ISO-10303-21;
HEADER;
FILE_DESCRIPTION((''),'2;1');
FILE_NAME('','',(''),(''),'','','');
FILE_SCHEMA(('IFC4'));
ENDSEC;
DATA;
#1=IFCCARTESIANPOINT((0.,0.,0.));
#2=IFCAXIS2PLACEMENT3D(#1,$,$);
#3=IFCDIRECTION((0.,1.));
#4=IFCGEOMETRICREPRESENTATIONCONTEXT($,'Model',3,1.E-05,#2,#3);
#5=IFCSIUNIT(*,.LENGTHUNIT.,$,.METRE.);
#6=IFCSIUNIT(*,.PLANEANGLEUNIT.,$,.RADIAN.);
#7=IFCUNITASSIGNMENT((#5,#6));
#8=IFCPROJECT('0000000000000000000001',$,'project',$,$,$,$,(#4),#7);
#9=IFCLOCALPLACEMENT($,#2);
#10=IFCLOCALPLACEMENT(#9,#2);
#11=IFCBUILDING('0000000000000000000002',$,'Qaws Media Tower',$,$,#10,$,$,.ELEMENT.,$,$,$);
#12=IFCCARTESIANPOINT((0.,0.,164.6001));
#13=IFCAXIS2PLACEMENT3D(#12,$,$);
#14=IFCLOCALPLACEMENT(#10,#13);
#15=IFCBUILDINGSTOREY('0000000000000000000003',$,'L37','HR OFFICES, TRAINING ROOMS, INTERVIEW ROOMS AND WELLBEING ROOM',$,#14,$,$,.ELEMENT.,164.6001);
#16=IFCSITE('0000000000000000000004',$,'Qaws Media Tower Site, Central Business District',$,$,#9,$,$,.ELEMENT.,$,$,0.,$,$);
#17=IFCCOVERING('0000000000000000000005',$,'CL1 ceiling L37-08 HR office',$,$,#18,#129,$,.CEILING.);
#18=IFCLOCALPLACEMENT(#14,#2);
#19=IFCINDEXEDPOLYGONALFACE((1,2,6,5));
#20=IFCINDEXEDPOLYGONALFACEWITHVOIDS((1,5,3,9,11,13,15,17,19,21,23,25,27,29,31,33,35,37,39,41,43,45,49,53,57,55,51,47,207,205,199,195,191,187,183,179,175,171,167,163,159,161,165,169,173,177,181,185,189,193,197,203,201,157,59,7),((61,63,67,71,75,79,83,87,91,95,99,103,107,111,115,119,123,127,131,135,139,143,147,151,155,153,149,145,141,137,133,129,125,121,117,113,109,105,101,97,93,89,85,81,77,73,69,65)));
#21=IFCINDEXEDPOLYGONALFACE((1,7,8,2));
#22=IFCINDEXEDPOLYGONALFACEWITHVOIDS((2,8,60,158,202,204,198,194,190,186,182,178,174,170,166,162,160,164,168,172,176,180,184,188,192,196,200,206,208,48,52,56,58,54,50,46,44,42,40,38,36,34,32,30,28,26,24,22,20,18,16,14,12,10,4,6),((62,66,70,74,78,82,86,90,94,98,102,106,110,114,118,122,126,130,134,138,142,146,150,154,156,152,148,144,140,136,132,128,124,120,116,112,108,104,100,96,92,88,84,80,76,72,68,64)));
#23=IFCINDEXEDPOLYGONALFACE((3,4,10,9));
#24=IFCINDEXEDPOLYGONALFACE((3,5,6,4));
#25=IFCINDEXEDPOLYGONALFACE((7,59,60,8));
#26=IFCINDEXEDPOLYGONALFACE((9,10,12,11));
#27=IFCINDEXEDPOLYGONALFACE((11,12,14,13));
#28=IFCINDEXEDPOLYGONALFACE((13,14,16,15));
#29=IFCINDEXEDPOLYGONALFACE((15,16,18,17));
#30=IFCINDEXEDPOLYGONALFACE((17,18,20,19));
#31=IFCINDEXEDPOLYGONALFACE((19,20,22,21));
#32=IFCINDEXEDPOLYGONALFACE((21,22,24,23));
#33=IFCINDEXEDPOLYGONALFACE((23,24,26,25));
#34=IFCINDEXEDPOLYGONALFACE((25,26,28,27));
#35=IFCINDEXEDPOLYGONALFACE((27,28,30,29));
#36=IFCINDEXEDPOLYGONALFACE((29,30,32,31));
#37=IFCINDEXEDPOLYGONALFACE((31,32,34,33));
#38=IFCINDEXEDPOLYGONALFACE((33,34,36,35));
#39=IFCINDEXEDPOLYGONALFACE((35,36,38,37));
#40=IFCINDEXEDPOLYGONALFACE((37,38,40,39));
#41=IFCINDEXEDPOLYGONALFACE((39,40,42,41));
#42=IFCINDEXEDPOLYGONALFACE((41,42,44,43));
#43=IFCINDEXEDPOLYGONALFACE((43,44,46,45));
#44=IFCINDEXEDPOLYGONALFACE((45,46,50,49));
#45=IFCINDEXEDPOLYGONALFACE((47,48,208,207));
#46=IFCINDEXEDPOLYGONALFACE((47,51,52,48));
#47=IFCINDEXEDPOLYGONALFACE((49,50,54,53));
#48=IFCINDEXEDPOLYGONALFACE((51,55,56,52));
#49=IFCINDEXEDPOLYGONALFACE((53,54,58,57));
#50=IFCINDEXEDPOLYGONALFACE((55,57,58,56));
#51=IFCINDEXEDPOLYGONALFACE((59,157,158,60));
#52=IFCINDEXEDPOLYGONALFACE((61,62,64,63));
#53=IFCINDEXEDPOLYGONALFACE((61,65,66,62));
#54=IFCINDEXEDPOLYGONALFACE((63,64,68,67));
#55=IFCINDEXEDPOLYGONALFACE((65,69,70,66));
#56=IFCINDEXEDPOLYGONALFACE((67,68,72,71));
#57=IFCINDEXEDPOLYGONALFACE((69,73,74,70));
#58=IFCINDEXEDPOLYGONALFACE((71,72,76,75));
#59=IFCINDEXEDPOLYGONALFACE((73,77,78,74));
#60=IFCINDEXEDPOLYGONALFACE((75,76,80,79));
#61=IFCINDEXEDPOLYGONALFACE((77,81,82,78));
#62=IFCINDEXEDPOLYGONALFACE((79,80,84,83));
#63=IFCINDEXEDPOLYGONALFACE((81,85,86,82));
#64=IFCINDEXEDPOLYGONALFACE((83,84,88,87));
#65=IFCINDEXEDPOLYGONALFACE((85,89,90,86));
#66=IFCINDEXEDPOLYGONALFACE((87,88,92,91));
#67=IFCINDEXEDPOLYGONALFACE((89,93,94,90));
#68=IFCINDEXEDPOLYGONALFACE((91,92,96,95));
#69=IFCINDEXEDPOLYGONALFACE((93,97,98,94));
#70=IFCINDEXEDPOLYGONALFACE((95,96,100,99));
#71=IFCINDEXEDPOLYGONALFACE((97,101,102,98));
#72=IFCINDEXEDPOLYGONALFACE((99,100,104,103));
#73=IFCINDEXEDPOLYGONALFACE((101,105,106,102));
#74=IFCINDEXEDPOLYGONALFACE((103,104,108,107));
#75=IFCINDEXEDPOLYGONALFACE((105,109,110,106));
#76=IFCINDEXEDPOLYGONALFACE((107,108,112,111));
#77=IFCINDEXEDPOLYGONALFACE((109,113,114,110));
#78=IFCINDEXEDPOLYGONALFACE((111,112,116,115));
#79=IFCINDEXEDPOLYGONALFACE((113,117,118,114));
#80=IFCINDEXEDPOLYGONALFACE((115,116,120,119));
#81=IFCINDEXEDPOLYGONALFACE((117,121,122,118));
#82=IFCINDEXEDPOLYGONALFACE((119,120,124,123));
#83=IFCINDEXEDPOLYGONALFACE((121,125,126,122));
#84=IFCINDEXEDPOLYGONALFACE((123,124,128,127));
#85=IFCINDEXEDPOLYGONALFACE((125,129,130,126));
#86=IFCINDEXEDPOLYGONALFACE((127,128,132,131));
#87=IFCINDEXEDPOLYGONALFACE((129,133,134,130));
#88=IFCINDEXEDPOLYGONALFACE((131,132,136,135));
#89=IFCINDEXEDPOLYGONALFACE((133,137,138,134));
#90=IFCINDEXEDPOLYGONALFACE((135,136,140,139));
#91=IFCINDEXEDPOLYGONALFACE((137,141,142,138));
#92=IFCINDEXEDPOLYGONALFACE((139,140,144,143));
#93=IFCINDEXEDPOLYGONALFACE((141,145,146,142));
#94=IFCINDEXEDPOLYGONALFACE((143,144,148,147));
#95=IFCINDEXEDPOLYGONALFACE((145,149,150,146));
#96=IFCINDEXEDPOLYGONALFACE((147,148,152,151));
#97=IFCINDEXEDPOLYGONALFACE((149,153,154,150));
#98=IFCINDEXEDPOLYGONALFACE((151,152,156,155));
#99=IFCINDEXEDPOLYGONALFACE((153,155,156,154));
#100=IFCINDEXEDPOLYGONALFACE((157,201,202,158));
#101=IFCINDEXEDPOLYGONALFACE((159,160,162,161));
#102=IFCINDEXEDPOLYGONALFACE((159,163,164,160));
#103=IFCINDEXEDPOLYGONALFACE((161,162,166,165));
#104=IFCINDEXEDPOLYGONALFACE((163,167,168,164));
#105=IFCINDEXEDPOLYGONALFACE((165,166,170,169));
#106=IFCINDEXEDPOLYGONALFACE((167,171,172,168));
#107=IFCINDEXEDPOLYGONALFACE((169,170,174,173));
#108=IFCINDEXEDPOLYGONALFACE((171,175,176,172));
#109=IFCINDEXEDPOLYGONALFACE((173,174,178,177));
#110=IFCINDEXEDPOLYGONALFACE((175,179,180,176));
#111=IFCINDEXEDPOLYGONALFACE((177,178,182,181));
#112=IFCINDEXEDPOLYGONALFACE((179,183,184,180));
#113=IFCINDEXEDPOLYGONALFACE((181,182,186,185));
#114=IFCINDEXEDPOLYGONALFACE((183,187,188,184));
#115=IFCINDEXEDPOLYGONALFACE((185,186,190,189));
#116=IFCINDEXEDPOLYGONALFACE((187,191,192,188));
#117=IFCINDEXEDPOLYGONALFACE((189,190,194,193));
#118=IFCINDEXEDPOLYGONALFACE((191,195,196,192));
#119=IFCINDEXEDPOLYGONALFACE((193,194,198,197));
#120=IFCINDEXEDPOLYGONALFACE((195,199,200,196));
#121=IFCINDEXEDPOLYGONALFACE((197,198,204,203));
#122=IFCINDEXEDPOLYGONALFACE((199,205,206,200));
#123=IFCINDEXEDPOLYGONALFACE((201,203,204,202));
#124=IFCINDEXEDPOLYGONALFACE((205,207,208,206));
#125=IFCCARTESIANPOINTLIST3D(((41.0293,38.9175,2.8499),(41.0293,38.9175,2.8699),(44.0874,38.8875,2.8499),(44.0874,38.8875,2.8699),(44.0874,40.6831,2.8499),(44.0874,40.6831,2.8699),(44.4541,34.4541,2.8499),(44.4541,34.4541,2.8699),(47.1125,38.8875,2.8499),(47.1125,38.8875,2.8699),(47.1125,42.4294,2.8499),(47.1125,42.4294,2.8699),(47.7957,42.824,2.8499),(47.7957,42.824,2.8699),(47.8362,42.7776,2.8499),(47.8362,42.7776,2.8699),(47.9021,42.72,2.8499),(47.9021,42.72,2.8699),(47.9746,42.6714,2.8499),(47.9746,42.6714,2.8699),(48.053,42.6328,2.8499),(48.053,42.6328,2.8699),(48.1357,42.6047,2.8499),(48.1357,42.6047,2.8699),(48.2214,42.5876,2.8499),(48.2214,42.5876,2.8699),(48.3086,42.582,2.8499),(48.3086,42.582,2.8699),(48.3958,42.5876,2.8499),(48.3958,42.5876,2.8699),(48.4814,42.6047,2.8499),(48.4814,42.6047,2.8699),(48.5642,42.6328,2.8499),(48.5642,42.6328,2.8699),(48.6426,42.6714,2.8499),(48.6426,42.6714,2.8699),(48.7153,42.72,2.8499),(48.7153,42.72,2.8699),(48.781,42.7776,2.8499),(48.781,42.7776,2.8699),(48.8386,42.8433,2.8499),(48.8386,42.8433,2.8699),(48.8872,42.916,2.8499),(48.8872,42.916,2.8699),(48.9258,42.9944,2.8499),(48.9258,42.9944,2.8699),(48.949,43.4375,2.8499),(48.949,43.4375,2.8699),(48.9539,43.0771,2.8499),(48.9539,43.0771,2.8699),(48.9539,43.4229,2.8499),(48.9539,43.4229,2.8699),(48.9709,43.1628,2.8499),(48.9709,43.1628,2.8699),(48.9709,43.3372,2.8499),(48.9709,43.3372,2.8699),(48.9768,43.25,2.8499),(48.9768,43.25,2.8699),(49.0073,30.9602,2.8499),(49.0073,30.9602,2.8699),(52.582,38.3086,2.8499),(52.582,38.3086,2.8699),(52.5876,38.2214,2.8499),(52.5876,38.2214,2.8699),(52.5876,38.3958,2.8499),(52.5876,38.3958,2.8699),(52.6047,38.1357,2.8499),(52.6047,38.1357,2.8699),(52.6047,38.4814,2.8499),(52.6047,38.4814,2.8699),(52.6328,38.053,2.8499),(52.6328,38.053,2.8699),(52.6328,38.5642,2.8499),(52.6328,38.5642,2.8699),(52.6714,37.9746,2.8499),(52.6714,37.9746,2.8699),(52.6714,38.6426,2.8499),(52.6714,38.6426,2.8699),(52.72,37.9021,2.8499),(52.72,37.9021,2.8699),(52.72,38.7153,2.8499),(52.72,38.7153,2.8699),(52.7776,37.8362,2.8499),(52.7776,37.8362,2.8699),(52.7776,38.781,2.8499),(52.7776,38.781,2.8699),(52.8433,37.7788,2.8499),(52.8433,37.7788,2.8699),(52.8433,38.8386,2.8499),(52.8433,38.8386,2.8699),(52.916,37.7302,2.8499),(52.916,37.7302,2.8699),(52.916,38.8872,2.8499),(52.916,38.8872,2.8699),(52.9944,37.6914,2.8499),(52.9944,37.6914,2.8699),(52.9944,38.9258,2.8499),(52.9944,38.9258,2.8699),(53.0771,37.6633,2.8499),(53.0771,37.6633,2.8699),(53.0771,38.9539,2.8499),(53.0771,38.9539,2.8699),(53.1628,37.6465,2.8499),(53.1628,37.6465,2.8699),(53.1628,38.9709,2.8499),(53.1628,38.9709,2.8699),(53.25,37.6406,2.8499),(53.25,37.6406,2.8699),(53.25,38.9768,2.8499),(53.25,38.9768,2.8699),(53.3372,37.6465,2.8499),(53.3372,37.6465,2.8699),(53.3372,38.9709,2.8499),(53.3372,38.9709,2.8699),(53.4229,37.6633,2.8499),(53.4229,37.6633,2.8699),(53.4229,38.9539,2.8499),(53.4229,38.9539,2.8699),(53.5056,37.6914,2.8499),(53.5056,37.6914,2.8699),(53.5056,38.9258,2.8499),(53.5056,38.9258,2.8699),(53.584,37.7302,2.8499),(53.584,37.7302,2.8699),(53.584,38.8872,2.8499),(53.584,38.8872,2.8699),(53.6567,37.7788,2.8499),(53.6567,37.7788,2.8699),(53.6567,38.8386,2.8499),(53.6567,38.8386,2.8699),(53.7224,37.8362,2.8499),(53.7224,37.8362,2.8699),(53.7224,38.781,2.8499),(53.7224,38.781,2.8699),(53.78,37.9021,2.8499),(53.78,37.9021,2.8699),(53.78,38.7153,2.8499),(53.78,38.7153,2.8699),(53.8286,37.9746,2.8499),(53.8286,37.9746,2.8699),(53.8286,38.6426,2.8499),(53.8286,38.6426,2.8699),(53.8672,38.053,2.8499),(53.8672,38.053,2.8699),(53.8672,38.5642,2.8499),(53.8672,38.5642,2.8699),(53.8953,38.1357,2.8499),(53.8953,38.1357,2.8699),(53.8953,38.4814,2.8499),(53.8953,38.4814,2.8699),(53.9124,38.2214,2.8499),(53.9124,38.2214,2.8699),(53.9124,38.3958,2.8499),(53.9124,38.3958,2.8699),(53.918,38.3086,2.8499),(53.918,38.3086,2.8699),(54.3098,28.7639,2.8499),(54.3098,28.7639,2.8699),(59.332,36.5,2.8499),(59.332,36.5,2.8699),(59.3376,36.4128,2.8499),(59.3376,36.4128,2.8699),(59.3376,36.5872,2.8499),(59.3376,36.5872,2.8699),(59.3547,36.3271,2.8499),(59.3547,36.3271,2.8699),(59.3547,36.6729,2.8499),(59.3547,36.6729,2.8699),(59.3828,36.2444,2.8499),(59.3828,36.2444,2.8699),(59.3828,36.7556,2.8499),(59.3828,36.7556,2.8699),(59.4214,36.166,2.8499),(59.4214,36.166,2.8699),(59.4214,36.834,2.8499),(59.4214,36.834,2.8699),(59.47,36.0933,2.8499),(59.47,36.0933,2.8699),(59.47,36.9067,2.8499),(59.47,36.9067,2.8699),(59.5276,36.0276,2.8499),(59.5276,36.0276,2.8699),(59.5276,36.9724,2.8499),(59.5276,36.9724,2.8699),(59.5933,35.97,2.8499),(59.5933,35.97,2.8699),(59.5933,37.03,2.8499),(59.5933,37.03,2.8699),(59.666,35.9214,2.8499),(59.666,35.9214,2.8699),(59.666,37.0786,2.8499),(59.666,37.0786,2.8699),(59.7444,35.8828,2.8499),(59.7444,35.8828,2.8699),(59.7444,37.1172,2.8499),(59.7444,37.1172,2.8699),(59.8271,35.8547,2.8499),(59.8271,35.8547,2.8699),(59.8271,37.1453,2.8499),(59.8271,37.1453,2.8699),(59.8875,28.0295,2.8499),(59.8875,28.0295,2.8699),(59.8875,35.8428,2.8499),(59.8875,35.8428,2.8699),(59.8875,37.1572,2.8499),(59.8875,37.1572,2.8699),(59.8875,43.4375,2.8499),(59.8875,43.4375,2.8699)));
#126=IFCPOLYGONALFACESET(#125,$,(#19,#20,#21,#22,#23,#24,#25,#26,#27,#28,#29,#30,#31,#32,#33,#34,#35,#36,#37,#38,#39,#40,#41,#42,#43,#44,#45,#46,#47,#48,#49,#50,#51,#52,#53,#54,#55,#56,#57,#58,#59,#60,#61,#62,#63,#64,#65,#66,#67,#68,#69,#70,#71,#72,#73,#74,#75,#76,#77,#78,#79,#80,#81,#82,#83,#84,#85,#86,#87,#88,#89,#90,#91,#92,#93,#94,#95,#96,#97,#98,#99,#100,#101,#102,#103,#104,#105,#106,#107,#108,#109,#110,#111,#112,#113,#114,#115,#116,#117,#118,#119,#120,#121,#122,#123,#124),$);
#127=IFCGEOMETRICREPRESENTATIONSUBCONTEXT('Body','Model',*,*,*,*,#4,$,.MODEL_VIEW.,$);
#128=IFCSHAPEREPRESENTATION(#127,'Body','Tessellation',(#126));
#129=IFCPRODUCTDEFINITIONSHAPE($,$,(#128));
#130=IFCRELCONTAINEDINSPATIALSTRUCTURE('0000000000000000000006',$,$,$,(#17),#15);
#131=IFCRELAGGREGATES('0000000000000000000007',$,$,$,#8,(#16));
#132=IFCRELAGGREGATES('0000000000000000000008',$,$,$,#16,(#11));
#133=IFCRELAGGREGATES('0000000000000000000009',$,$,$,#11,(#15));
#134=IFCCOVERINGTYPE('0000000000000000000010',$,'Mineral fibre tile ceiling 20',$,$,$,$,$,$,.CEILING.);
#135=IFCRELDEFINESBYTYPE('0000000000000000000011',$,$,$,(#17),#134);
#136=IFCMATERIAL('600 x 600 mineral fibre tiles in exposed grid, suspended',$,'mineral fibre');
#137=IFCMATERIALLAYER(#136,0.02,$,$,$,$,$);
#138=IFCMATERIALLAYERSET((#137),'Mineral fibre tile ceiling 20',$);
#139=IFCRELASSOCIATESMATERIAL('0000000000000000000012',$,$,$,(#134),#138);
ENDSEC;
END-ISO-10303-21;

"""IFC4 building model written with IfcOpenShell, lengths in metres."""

from ifc_helpers import new_model, si_unit, direction, frame, origin, place, context, subcontext, project, spatial, polyline, outline, extrude, material, layer, layer_set, type_object, element, save


model = new_model("IFC4")

# Units and contexts
model_context = context("Model", 3, precision=1e-05, world=origin(), true_north=direction((0.0, 1.0)))
body_context = subcontext(model_context, "Body", "Model", "MODEL_VIEW")
ifc_project = project(units=[si_unit("LENGTHUNIT", "METRE"), si_unit("PLANEANGLEUNIT", "RADIAN")], contexts=[model_context])

# Site, building, storey
site_placement = place(None, origin())
site = spatial("IfcSite", under=ifc_project, at=site_placement, Name="Qaws Media Tower Site, Central Business District", CompositionType="ELEMENT", RefElevation=0.0)
building_placement = place(site_placement, origin())
building = spatial("IfcBuilding", under=site, at=building_placement, Name="Qaws Media Tower", CompositionType="ELEMENT")
storey_placement = place(building_placement, frame((0.0, 0.0, 164.6001)))
storey = spatial("IfcBuildingStorey", under=building, at=storey_placement, Name="L37", Description="HR OFFICES, TRAINING ROOMS, INTERVIEW ROOMS AND WELLBEING ROOM", CompositionType="ELEMENT", Elevation=164.6001)

# Covering
ifc_material_1 = material(Name="600 x 600 mineral fibre tiles in exposed grid, suspended", Category="mineral fibre")
ifc_layer_1 = layer(ifc_material_1, 0.02)
ifc_layer_set_1 = layer_set([ifc_layer_1], Name="Mineral fibre tile ceiling 20")
covering_type_1 = type_object("IfcCoveringType", Name="Mineral fibre tile ceiling 20", PredefinedType="CEILING", material=ifc_layer_set_1)
covering_1_placement = place(storey_placement, frame((0.0, 0.0, 2.8499)))
element("IfcCovering", 1, at=covering_1_placement, inside=storey, type_object=covering_type_1, Name="CL1 ceiling L37-08 HR office", PredefinedType="CEILING", context=body_context, shape_type="SweptSolid", body=[
    extrude(outline(polyline([(54.3098, 28.7639), (49.0073, 30.9602), (44.4541, 34.4541), (41.0293, 38.9175), (44.0874, 40.6831), (44.0874, 38.8875), (47.1125, 38.8875), (47.1125, 42.4294), (47.7957, 42.824), (47.8362, 42.7776), (47.9021, 42.72), (47.9746, 42.6714), (48.053, 42.6328), (48.1357, 42.6047), (48.2214, 42.5876), (48.3086, 42.582), (48.3958, 42.5876), (48.4814, 42.6047), (48.5642, 42.6328), (48.6426, 42.6714), (48.7153, 42.72), (48.781, 42.7776), (48.8386, 42.8433), (48.8872, 42.916), (48.9258, 42.9944), (48.9539, 43.0771), (48.9709, 43.1628), (48.9768, 43.25), (48.9709, 43.3372), (48.9539, 43.4229), (48.949, 43.4375), (59.8875, 43.4375), (59.8875, 37.1572), (59.8271, 37.1453), (59.7444, 37.1172), (59.666, 37.0786), (59.5933, 37.03), (59.5276, 36.9724), (59.47, 36.9067), (59.4214, 36.834), (59.3828, 36.7556), (59.3547, 36.6729), (59.3376, 36.5872), (59.332, 36.5), (59.3376, 36.4128), (59.3547, 36.3271), (59.3828, 36.2444), (59.4214, 36.166), (59.47, 36.0933), (59.5276, 36.0276), (59.5933, 35.97), (59.666, 35.9214), (59.7444, 35.8828), (59.8271, 35.8547), (59.8875, 35.8428), (59.8875, 28.0295), (54.3098, 28.7639)]), holes=[polyline([(53.8953, 38.1357), (53.9124, 38.2214), (53.918, 38.3086), (53.9124, 38.3958), (53.8953, 38.4814), (53.8672, 38.5642), (53.8286, 38.6426), (53.78, 38.7153), (53.7224, 38.781), (53.6567, 38.8386), (53.584, 38.8872), (53.5056, 38.9258), (53.4229, 38.9539), (53.3372, 38.9709), (53.25, 38.9768), (53.1628, 38.9709), (53.0771, 38.9539), (52.9944, 38.9258), (52.916, 38.8872), (52.8433, 38.8386), (52.7776, 38.781), (52.72, 38.7153), (52.6714, 38.6426), (52.6328, 38.5642), (52.6047, 38.4814), (52.5876, 38.3958), (52.582, 38.3086), (52.5876, 38.2214), (52.6047, 38.1357), (52.6328, 38.053), (52.6714, 37.9746), (52.72, 37.9021), (52.7776, 37.8362), (52.8433, 37.7788), (52.916, 37.7302), (52.9944, 37.6914), (53.0771, 37.6633), (53.1628, 37.6465), (53.25, 37.6406), (53.3372, 37.6465), (53.4229, 37.6633), (53.5056, 37.6914), (53.584, 37.7302), (53.6567, 37.7788), (53.7224, 37.8362), (53.78, 37.9021), (53.8286, 37.9746), (53.8672, 38.053), (53.8953, 38.1357)])]), origin(), (0.0, 0.0, 1.0), 0.02),
])

save(model, "model.ifc")
